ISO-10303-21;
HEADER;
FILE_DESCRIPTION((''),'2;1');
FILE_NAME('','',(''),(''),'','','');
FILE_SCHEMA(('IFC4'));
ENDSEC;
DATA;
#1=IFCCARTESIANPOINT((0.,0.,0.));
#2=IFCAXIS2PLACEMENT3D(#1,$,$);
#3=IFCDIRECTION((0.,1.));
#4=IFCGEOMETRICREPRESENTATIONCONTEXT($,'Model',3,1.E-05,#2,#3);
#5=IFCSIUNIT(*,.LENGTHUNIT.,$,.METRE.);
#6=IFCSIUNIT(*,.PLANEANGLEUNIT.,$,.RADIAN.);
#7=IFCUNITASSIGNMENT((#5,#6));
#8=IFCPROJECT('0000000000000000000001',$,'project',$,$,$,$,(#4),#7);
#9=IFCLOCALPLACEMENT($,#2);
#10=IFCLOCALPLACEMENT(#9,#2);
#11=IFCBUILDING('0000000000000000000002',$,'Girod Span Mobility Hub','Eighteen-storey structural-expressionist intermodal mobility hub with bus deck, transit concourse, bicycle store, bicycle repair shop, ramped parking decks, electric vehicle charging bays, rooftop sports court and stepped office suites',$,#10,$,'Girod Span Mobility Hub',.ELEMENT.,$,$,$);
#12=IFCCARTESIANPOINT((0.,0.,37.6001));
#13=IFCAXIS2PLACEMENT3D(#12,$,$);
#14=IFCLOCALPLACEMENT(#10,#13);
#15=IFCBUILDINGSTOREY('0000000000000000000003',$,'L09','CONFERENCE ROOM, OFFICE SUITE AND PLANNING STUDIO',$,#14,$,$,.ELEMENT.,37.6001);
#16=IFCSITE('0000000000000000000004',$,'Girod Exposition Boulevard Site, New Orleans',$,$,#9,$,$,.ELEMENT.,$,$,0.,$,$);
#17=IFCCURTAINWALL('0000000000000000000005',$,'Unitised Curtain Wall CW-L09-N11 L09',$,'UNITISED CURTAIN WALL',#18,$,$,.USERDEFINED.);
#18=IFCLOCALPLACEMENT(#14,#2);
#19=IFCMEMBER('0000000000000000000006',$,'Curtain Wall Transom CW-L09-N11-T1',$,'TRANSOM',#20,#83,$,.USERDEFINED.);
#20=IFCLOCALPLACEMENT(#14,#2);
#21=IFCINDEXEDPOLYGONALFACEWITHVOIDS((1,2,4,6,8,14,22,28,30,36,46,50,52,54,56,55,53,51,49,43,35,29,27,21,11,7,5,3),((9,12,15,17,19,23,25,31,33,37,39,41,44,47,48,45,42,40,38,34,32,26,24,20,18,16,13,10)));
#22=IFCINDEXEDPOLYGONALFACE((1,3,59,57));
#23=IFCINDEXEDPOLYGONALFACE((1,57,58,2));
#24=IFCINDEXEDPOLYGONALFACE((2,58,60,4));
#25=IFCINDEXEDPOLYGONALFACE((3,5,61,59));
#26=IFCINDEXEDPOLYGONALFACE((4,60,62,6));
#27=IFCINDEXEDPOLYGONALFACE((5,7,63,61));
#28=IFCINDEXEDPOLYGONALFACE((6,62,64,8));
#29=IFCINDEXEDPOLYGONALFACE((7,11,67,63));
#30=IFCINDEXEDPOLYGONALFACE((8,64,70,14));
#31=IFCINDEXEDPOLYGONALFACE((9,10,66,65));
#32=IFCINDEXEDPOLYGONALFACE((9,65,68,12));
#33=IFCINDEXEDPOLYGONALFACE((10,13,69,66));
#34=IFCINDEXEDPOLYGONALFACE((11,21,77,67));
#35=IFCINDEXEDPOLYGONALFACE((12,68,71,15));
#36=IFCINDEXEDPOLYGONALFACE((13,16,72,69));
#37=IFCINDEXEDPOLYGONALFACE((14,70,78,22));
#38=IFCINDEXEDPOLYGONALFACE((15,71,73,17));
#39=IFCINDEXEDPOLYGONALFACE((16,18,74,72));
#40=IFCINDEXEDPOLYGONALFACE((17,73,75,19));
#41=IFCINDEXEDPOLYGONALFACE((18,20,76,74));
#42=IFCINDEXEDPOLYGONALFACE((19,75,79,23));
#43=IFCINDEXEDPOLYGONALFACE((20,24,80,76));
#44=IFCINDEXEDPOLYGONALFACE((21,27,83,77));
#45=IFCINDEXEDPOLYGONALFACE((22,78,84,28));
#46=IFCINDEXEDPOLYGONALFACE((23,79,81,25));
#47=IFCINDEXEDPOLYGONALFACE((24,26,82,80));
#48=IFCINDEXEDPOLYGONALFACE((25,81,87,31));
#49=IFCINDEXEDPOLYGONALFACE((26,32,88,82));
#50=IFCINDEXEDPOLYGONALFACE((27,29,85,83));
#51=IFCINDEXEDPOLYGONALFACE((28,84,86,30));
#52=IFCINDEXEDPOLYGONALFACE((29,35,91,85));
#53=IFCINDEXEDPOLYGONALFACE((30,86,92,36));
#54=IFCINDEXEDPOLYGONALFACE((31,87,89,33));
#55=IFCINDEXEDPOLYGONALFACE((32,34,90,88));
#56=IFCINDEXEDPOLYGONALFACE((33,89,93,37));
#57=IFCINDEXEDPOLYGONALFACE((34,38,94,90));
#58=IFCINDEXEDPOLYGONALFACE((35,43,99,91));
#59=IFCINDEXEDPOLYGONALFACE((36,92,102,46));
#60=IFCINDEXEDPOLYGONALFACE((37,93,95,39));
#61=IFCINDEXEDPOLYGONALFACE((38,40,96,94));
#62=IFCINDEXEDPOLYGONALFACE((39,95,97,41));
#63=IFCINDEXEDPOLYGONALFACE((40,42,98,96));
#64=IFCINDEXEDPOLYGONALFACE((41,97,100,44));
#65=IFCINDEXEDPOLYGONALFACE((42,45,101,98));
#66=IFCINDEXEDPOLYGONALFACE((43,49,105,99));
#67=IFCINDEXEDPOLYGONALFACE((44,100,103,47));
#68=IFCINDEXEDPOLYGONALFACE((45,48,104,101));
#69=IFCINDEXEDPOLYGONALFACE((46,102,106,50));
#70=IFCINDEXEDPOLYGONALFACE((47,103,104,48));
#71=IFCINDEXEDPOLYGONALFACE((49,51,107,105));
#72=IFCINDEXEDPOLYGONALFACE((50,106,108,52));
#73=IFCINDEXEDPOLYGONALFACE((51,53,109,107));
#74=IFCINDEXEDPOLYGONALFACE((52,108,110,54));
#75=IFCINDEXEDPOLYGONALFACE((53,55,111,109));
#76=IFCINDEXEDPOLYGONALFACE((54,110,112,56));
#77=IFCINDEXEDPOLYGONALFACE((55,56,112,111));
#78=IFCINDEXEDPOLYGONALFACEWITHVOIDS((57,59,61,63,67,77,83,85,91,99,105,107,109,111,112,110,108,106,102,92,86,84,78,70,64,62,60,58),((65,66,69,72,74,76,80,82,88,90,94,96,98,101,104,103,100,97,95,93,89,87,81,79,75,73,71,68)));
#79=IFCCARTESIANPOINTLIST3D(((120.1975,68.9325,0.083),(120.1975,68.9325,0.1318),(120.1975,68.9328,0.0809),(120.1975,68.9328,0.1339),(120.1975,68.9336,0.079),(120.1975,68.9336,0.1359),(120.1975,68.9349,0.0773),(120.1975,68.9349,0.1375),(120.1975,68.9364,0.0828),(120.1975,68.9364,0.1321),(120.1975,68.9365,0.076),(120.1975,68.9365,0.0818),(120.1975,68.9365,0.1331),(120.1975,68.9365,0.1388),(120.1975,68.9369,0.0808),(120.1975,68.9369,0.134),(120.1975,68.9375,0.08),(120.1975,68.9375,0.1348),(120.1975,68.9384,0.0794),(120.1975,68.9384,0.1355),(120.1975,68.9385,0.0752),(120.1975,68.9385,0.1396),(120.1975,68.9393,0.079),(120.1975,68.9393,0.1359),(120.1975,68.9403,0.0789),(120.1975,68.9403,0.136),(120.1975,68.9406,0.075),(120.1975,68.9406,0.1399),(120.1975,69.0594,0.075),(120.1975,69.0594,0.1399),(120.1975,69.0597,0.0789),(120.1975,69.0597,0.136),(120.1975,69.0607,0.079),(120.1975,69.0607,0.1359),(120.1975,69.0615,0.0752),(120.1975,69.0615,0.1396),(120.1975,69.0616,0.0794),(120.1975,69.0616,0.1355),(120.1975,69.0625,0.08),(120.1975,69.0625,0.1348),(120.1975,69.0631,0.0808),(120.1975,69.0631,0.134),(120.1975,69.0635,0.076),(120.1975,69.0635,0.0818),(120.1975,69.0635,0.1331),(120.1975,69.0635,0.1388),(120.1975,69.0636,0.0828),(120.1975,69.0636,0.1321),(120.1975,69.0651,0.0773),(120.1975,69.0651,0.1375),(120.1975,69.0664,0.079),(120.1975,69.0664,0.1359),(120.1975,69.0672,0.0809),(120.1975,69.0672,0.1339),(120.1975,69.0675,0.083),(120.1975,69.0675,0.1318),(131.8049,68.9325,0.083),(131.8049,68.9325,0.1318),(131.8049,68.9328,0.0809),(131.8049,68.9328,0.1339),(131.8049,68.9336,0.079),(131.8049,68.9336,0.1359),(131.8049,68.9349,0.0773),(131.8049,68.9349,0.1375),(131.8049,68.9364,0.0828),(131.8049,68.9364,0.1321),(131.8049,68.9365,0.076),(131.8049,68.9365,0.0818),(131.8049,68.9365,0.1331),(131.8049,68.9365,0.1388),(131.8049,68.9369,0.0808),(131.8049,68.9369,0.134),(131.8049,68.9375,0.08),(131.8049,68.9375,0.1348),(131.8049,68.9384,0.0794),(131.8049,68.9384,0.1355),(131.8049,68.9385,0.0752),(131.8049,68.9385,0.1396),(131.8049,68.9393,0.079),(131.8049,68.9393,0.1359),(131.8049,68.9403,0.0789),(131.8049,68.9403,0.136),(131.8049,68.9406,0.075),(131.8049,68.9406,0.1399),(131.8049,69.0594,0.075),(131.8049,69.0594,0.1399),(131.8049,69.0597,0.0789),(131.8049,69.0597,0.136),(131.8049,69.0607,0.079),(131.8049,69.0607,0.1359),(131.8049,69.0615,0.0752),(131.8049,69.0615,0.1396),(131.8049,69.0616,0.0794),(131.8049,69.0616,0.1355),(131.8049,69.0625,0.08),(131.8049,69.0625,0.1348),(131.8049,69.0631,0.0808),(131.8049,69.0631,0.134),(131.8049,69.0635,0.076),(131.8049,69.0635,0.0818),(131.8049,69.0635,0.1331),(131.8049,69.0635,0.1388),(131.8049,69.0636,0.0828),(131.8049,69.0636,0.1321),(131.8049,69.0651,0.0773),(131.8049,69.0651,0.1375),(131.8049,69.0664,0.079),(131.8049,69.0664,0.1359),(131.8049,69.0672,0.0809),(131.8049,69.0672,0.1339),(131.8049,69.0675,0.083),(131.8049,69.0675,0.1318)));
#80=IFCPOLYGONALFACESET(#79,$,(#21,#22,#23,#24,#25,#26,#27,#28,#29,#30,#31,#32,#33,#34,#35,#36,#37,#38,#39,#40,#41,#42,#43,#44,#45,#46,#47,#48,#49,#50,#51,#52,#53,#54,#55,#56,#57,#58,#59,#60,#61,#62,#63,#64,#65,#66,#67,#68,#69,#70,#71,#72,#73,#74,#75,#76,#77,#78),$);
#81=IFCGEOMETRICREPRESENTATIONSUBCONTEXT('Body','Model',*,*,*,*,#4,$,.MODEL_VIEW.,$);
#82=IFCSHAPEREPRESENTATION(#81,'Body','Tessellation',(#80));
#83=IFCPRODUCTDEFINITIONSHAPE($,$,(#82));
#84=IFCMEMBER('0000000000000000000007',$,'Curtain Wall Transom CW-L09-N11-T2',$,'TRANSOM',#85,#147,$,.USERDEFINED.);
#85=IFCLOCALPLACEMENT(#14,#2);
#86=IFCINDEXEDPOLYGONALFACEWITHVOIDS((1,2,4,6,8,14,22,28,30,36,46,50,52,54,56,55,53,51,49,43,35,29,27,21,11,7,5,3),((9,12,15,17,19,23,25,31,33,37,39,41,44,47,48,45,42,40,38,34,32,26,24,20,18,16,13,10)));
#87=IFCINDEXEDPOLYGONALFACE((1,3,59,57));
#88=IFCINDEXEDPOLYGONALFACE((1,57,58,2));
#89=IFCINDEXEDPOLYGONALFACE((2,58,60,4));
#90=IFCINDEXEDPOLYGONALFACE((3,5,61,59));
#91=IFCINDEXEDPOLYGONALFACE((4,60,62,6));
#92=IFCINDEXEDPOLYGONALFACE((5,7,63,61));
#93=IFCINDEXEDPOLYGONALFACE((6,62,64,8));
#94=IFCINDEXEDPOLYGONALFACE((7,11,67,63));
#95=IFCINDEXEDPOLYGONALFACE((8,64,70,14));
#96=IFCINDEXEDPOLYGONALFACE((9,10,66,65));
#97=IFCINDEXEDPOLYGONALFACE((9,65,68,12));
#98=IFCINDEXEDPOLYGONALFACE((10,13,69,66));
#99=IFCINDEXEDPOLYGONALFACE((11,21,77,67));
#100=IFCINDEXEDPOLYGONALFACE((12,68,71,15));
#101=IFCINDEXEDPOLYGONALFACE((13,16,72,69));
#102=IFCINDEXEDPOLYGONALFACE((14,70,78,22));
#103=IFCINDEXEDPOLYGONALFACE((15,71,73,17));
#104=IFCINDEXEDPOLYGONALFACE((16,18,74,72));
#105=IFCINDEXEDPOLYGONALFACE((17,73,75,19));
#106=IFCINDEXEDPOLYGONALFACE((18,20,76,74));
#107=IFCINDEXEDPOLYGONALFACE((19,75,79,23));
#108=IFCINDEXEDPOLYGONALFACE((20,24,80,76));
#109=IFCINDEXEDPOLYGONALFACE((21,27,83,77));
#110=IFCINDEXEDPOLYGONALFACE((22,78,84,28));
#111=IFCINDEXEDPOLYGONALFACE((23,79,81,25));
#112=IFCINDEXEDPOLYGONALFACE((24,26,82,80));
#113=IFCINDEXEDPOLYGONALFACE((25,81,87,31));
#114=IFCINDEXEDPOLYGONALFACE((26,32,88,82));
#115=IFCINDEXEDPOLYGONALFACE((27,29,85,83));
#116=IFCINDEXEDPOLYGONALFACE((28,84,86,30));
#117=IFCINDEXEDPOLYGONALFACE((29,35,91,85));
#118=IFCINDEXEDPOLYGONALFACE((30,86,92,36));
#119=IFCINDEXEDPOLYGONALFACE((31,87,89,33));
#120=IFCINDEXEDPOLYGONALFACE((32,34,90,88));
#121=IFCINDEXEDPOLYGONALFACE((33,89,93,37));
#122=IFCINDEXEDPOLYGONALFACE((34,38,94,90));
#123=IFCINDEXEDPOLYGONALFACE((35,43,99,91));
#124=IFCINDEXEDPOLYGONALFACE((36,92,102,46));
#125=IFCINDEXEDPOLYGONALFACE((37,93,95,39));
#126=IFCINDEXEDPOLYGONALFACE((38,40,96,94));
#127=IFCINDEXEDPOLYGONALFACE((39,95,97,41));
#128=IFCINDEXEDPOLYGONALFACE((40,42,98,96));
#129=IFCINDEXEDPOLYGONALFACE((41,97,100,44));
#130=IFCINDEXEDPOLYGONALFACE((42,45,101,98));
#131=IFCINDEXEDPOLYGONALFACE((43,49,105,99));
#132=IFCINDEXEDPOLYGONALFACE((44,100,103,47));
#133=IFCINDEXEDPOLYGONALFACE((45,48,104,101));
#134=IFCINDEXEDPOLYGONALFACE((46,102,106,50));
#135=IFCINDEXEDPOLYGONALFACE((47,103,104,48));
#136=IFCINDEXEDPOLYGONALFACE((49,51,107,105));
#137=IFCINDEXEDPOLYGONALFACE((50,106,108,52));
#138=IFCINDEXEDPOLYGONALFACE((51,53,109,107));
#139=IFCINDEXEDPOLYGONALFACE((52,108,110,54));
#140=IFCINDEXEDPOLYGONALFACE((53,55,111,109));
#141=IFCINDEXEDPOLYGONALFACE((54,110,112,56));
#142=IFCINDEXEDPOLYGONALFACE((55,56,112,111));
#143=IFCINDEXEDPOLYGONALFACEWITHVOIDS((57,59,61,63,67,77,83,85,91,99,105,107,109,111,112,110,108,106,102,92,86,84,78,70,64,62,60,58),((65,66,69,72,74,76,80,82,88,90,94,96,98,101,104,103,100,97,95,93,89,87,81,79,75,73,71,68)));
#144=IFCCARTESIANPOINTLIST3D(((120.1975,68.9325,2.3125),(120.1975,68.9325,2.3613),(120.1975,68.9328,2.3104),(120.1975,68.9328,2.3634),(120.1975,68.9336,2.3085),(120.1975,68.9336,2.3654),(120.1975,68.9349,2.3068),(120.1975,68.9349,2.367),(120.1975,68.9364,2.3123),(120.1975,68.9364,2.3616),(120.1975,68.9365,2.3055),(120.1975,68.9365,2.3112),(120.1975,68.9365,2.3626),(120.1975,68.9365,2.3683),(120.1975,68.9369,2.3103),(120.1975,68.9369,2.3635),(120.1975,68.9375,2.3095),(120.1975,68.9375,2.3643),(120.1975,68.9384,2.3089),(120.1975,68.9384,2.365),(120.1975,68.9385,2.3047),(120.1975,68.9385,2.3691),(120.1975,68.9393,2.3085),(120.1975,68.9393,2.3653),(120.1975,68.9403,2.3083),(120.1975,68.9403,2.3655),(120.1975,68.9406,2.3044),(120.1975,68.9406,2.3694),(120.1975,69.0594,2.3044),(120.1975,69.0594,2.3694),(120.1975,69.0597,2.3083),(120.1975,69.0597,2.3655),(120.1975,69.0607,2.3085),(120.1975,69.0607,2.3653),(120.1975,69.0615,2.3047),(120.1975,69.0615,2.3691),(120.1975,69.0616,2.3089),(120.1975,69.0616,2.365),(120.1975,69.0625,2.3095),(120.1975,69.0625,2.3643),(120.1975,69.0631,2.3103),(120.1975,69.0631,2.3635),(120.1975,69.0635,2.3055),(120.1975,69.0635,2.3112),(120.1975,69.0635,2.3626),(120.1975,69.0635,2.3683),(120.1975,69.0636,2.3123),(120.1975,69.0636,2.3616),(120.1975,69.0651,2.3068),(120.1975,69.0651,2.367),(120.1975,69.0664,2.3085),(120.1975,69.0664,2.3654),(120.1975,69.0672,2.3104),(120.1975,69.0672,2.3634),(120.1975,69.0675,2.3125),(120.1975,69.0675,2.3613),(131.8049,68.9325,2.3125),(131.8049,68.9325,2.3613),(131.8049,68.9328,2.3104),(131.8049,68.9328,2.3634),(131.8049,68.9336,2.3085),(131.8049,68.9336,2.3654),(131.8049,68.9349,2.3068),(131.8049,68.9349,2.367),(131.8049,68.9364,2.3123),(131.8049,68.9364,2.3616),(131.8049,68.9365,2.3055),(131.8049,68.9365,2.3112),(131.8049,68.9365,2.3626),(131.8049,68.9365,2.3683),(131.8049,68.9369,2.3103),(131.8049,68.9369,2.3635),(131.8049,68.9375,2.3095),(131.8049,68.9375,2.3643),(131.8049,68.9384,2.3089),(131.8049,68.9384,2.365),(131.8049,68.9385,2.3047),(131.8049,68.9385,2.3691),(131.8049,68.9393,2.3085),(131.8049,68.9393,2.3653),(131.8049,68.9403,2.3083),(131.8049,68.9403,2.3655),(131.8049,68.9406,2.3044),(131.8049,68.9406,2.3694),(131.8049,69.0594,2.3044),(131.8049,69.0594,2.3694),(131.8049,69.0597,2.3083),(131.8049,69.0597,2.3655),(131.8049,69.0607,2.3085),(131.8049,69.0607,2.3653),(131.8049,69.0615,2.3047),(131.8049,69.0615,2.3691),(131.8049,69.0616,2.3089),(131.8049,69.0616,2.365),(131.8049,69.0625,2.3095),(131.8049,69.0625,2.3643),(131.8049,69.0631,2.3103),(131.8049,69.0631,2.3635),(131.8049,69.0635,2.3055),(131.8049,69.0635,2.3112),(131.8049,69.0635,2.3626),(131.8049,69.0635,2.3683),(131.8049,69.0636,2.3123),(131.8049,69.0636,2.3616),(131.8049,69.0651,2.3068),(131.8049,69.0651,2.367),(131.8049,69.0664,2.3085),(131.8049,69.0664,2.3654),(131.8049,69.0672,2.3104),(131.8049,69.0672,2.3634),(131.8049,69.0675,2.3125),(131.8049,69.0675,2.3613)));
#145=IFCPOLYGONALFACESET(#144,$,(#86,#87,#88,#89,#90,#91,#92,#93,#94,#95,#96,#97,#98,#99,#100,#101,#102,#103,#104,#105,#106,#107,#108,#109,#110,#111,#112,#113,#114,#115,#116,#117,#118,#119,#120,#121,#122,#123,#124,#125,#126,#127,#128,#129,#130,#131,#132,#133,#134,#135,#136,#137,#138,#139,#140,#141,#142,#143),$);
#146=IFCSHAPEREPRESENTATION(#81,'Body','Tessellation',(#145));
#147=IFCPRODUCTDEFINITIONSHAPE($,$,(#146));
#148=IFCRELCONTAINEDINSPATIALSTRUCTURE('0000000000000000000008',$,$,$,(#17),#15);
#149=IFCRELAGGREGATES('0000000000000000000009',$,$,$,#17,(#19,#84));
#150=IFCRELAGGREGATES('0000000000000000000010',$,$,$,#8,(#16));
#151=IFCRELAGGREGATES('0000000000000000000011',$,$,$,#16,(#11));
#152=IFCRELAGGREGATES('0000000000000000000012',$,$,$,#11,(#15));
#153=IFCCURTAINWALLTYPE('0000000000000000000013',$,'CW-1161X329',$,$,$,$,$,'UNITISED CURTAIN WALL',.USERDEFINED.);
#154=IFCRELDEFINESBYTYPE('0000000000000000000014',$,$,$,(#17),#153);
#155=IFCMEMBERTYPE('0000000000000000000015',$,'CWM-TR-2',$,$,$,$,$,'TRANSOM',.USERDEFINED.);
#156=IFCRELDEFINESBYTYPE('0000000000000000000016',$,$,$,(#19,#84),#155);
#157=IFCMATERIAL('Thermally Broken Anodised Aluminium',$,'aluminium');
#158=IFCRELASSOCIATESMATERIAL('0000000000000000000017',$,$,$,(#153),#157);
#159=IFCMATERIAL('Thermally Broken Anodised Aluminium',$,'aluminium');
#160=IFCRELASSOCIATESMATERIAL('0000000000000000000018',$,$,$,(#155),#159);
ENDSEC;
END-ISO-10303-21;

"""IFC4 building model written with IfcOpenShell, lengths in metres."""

from ifc_helpers import new_model, si_unit, direction, frame, origin, origin_2d, place, context, subcontext, project, spatial, hollow_rectangle, extrude, material, material_profile, profile_set, type_object, element, aggregate, save


model = new_model("IFC4")

# Units and contexts
model_context = context("Model", 3, precision=1e-05, world=origin(), true_north=direction((0.0, 1.0)))
body_context = subcontext(model_context, "Body", "Model", "MODEL_VIEW")
ifc_project = project(units=[si_unit("LENGTHUNIT", "METRE"), si_unit("PLANEANGLEUNIT", "RADIAN")], contexts=[model_context])

# Site, building, storey
site_placement = place(None, origin())
site = spatial("IfcSite", under=ifc_project, at=site_placement, Name="Girod Exposition Boulevard Site, New Orleans", CompositionType="ELEMENT", RefElevation=0.0)
building_placement = place(site_placement, origin())
building = spatial("IfcBuilding", under=site, at=building_placement, Name="Girod Span Mobility Hub", Description="Eighteen-storey structural-expressionist intermodal mobility hub with bus deck, transit concourse, bicycle store, bicycle repair shop, ramped parking decks, electric vehicle charging bays, rooftop sports court and stepped office suites", LongName="Girod Span Mobility Hub", CompositionType="ELEMENT")
storey_placement = place(building_placement, frame((0.0, 0.0, 37.6001)))
storey = spatial("IfcBuildingStorey", under=building, at=storey_placement, Name="L09", Description="CONFERENCE ROOM, OFFICE SUITE AND PLANNING STUDIO", CompositionType="ELEMENT", Elevation=37.6001)

# Curtain wall, members
ifc_material_1 = material(Name="Thermally Broken Anodised Aluminium", Category="aluminium")
curtain_wall_type = type_object("IfcCurtainWallType", Name="CW-1161X329", ElementType="UNITISED CURTAIN WALL", PredefinedType="USERDEFINED", material=ifc_material_1)
curtain_wall_placement = place(storey_placement, origin())
curtain_wall = element("IfcCurtainWall", 1, at=curtain_wall_placement, inside=storey, type_object=curtain_wall_type, Name="Unitised Curtain Wall CW-L09-N11 L09", ObjectType="UNITISED CURTAIN WALL", PredefinedType="USERDEFINED")
ifc_material_2 = material(Name="Thermally Broken Anodised Aluminium", Category="aluminium")
ifc_material_profile_1 = material_profile(ifc_material_2, hollow_rectangle(XDim=0.135, YDim=0.0649, WallThickness=0.0039, InnerFilletRadius=0.0039, OuterFilletRadius=0.0081, at=origin_2d()), Name="CW-TR-65X135")
ifc_profile_set_1 = profile_set([ifc_material_profile_1], Name="Thermally Broken Anodised Aluminium")
member_type_1 = type_object("IfcMemberType", Name="CWM-TR-2", ElementType="TRANSOM", PredefinedType="USERDEFINED", material=ifc_profile_set_1)
member_1_placement = place(storey_placement, frame((120.1975, 69.0, 0.1074), z_axis=(1.0, 0.0, 0.0), x_axis=(0.0, 1.0, 0.0)))
member_1 = element("IfcMember", 2, at=member_1_placement, type_object=member_type_1, Name="Curtain Wall Transom CW-L09-N11-T1", ObjectType="TRANSOM", PredefinedType="USERDEFINED", context=body_context, shape_type="SweptSolid", body=[
    extrude(hollow_rectangle(XDim=0.135, YDim=0.0649, WallThickness=0.0039, InnerFilletRadius=0.0039, OuterFilletRadius=0.0081, at=origin_2d()), origin(), (0.0, 0.0, 1.0), 11.6074),
])
member_2_placement = place(storey_placement, frame((120.1975, 69.0, 2.3369), z_axis=(1.0, 0.0, 0.0), x_axis=(0.0, 1.0, 0.0)))
member_2 = element("IfcMember", 3, at=member_2_placement, type_object=member_type_1, Name="Curtain Wall Transom CW-L09-N11-T2", ObjectType="TRANSOM", PredefinedType="USERDEFINED", context=body_context, shape_type="SweptSolid", body=[
    extrude(hollow_rectangle(XDim=0.135, YDim=0.0649, WallThickness=0.0039, InnerFilletRadius=0.0039, OuterFilletRadius=0.0081, at=origin_2d()), origin(), (0.0, 0.0, 1.0), 11.6074),
])

aggregate(curtain_wall, [member_1, member_2])

save(model, "model.ifc")
